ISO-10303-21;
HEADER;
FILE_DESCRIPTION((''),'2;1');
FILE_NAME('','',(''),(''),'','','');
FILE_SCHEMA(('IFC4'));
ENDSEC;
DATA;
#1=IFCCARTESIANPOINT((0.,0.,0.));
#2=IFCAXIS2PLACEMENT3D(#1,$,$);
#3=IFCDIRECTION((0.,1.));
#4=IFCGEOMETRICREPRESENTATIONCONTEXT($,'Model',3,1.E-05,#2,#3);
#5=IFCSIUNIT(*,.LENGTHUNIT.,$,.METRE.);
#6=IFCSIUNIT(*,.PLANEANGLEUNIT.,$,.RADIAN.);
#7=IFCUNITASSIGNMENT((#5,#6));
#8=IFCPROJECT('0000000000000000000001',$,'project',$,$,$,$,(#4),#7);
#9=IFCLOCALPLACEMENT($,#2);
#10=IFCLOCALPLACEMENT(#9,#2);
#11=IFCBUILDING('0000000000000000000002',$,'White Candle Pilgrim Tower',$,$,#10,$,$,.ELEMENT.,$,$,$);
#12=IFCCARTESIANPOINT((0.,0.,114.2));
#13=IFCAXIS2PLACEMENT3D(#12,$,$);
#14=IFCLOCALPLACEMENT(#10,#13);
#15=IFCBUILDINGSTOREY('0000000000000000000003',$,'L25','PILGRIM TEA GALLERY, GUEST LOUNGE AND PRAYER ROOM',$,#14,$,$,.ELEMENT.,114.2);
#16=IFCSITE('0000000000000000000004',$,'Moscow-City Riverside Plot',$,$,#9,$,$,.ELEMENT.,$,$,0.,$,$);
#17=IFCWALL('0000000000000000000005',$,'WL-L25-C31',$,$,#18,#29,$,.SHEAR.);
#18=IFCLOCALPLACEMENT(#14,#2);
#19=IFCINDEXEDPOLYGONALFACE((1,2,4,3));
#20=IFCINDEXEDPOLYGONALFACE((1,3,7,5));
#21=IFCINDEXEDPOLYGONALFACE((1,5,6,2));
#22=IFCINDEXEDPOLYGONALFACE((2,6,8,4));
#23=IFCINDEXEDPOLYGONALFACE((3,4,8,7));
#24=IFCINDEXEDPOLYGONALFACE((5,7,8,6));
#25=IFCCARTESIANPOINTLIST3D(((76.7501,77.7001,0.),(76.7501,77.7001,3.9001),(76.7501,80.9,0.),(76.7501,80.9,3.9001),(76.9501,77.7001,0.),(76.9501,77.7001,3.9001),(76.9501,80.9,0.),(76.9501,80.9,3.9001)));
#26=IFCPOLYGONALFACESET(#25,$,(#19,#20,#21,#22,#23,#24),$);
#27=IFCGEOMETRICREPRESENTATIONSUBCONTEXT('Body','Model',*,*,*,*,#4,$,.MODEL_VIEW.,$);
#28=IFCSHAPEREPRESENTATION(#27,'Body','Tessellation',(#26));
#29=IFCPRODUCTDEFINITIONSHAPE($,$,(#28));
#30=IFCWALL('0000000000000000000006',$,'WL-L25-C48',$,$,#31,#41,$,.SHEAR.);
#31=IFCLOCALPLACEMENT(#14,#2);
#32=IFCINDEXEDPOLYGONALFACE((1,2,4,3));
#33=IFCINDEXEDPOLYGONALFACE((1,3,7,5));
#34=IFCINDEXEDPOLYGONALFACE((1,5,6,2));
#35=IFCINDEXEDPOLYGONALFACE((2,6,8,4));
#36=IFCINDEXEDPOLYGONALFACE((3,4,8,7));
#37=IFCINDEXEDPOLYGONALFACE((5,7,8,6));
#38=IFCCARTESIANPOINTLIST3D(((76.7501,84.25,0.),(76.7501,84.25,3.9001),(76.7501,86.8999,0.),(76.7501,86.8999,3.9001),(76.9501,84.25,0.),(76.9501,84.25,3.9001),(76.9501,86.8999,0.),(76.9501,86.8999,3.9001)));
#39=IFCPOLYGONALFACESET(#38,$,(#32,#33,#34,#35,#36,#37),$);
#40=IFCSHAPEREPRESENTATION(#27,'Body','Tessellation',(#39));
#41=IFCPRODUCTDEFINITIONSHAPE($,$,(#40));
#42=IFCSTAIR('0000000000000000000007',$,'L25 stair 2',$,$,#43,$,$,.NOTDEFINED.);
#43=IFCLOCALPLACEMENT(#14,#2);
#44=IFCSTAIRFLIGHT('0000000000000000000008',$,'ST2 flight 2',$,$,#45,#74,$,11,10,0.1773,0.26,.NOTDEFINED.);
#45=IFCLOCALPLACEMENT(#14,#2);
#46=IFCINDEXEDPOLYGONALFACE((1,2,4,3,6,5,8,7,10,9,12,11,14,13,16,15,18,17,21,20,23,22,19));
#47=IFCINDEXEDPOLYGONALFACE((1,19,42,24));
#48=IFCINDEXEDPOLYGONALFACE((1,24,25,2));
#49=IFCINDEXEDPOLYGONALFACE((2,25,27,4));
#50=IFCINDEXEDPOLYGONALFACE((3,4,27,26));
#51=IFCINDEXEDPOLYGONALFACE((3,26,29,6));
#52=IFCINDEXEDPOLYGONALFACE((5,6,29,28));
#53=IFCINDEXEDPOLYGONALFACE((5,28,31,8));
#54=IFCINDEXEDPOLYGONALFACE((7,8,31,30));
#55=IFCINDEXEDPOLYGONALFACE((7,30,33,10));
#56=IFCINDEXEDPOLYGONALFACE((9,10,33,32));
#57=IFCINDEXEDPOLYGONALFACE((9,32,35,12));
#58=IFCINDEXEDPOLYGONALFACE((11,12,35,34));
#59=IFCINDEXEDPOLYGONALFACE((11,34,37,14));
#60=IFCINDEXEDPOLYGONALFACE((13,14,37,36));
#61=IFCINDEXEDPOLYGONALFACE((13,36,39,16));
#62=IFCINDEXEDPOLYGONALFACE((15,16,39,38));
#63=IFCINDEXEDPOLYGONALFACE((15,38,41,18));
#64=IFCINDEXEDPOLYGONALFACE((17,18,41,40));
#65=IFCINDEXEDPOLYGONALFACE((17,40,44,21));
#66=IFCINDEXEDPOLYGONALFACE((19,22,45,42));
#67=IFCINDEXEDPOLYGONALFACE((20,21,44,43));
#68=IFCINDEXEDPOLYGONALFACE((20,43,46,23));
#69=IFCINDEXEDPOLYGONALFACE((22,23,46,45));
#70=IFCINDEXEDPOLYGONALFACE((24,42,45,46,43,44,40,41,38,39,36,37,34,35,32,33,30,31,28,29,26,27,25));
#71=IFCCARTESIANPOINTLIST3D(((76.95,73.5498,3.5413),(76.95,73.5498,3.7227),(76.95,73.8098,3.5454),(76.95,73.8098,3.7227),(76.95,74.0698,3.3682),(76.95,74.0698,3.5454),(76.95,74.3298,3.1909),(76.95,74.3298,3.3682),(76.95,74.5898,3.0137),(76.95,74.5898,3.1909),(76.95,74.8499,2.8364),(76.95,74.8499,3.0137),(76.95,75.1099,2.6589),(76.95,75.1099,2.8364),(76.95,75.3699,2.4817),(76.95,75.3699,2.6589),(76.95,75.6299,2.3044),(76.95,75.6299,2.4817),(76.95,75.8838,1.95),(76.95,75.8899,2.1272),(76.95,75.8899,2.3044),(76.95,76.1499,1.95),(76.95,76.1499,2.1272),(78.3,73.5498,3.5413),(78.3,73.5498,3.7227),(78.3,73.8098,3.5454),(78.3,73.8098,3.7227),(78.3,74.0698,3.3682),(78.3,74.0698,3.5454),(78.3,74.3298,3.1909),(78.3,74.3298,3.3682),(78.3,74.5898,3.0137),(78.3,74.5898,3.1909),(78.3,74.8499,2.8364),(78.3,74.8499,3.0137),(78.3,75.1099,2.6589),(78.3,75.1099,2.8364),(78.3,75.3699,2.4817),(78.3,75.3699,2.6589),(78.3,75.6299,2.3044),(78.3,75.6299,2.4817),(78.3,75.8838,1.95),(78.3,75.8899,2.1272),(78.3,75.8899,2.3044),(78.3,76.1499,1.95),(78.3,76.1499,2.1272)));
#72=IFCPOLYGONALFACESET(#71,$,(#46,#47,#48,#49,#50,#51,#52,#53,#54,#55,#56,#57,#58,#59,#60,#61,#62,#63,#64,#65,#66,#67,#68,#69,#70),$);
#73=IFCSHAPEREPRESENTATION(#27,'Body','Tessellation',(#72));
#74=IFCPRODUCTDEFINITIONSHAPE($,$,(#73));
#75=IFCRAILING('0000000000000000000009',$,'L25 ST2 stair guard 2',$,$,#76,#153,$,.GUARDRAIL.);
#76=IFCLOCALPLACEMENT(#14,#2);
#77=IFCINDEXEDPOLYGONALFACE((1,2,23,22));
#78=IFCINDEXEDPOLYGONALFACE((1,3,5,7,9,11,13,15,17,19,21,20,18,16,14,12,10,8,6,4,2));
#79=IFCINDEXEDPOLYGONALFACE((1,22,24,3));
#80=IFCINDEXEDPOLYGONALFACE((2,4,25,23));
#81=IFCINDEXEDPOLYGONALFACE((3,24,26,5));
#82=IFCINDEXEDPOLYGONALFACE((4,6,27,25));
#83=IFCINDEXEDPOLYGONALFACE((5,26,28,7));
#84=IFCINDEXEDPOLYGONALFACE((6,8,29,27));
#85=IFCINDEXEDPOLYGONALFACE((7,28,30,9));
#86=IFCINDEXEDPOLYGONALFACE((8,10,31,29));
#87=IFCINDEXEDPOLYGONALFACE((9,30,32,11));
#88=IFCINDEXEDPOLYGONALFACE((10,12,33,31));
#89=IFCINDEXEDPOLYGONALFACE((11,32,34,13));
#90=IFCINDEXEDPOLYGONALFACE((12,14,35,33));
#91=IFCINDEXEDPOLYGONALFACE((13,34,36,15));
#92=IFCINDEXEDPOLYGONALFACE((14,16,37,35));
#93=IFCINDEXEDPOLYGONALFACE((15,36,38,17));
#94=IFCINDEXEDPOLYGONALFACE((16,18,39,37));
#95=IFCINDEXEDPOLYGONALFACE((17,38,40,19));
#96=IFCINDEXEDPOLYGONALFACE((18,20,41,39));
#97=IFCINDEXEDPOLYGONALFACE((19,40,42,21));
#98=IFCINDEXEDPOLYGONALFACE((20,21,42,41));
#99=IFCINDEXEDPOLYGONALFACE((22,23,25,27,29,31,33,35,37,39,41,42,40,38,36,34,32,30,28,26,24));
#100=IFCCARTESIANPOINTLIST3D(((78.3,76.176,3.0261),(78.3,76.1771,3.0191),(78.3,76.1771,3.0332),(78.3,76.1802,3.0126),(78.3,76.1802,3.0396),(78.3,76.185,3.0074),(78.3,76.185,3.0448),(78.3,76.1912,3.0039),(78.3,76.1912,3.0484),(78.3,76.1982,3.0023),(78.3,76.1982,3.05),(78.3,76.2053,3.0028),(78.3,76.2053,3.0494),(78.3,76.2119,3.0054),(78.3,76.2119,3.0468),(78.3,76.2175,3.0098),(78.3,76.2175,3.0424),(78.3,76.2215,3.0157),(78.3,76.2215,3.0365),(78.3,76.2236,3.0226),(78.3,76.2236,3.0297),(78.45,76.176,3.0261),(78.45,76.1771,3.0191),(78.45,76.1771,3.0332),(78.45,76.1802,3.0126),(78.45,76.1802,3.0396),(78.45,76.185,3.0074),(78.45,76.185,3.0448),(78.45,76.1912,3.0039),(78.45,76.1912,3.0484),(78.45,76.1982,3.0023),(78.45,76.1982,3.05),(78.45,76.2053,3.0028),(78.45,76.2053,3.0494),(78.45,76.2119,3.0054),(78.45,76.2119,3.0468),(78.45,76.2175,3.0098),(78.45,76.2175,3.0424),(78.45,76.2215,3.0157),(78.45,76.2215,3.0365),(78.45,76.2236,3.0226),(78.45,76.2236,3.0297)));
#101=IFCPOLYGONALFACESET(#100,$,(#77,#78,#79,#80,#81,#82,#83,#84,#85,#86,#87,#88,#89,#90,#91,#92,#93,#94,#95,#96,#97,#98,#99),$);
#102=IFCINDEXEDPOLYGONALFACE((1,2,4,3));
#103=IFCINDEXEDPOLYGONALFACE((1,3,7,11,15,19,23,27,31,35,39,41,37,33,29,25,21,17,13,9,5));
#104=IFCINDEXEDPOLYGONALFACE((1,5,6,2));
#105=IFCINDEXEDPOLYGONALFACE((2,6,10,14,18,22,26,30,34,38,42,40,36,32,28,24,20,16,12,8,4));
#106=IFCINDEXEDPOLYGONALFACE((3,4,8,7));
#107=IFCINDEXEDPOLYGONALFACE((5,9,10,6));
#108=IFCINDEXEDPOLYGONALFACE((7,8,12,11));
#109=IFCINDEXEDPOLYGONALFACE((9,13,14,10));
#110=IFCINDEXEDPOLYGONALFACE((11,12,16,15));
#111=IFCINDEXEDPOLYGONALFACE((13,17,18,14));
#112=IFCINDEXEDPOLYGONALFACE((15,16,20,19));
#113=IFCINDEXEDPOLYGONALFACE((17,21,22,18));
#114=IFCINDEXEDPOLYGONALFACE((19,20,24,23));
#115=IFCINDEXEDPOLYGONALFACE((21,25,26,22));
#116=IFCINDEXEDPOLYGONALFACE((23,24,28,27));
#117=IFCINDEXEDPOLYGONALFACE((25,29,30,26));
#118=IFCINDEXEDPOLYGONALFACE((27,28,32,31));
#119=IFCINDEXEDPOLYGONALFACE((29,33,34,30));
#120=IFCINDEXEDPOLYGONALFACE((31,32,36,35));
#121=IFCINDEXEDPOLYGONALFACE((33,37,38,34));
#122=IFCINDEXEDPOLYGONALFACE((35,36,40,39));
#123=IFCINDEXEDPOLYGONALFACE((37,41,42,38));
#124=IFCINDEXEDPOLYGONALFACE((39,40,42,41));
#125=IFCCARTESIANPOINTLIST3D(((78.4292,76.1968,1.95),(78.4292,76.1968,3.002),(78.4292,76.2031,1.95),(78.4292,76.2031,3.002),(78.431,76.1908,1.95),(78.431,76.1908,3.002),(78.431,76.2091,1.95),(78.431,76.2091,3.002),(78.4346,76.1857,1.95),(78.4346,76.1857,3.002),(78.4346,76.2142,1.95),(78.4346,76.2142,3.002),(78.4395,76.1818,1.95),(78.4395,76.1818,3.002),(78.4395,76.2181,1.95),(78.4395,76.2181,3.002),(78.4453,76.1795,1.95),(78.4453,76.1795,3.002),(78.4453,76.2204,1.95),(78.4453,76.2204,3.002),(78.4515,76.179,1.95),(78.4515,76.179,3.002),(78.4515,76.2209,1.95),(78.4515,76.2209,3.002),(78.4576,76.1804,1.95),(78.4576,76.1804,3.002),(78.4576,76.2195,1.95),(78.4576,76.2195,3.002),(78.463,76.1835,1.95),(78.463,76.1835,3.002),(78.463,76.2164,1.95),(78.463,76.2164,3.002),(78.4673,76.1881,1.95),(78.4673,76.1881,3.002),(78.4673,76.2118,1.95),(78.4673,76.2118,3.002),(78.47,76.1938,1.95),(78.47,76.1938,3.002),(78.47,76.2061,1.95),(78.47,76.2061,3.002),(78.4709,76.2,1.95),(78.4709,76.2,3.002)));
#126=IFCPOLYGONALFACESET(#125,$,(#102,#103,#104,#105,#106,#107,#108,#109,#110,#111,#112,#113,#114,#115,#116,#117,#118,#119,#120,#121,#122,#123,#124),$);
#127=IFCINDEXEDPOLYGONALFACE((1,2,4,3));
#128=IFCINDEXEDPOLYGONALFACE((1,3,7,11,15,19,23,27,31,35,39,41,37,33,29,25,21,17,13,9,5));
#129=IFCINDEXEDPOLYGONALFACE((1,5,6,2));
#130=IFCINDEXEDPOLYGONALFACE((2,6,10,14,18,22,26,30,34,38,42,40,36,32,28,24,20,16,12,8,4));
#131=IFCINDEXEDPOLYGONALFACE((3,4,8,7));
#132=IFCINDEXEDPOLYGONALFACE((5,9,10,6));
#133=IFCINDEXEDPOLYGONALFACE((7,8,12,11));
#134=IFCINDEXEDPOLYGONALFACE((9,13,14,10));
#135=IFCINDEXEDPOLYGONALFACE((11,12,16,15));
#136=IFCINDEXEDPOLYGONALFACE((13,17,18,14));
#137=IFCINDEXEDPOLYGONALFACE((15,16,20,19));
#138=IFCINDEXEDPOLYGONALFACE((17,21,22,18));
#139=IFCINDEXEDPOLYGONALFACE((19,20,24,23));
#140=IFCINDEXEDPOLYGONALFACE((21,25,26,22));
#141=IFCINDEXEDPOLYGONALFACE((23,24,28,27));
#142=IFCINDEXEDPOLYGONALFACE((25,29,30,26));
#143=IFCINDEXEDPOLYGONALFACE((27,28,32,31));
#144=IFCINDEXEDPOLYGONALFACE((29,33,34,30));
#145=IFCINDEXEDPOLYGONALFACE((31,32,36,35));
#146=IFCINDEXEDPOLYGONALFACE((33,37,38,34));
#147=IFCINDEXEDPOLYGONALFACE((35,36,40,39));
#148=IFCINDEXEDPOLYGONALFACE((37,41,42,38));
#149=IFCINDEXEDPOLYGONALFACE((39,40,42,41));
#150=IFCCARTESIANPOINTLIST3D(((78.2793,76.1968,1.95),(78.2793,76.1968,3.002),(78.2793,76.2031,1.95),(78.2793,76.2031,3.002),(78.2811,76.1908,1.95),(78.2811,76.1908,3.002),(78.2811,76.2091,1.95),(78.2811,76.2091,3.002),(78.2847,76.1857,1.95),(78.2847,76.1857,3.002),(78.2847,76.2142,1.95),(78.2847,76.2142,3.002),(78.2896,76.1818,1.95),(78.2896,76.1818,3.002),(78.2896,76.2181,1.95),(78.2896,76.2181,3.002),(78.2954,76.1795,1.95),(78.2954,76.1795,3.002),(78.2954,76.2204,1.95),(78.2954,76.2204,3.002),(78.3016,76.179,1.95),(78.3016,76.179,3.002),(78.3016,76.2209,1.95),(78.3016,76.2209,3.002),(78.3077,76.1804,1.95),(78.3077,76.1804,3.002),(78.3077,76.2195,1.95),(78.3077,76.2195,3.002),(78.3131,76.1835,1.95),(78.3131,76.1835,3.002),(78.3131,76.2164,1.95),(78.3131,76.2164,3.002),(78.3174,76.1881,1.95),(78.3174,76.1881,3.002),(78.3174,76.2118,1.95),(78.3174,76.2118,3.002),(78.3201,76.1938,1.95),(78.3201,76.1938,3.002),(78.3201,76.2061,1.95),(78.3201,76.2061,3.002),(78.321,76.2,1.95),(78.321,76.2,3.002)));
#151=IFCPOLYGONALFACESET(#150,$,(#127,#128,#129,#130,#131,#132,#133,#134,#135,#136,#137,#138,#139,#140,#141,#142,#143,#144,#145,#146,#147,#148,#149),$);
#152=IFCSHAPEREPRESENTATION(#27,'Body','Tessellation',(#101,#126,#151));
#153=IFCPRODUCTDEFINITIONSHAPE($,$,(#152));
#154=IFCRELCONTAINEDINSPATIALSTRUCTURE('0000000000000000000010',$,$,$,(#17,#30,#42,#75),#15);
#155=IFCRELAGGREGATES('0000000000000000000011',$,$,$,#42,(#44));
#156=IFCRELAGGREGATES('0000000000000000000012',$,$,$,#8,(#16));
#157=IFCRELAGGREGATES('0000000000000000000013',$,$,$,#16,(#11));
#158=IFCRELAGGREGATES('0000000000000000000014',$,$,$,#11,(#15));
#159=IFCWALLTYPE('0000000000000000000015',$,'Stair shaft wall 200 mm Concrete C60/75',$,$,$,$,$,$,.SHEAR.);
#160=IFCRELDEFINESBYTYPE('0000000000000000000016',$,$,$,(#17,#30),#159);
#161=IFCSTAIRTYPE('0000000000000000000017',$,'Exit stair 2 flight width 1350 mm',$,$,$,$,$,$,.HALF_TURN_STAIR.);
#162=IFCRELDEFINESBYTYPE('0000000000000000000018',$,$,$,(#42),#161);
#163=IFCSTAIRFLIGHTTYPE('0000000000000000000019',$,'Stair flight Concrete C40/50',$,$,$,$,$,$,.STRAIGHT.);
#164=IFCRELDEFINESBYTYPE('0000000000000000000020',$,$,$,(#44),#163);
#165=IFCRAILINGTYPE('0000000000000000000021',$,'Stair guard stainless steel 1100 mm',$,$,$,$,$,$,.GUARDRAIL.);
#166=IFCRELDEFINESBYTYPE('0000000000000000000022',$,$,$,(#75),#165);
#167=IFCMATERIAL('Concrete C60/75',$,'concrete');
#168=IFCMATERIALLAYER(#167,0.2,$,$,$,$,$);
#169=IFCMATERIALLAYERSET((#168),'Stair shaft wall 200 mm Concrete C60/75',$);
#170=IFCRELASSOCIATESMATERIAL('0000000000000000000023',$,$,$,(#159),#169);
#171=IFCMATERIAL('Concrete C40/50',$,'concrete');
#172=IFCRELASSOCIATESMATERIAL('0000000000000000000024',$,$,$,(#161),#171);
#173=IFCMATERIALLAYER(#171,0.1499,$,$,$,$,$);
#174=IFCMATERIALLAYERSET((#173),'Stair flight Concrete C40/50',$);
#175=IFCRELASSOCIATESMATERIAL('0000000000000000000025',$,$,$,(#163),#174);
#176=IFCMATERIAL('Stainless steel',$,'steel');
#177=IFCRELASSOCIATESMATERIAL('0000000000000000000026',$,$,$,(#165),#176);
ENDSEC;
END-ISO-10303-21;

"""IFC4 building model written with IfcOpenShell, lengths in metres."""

from ifc_helpers import new_model, si_unit, direction, frame, frame_2d, origin, origin_2d, place, context, subcontext, project, spatial, polyline, rectangle, circle, outline, extrude, material, layer, layer_set, type_object, element, aggregate, save


model = new_model("IFC4")

# Units and contexts
model_context = context("Model", 3, precision=1e-05, world=origin(), true_north=direction((0.0, 1.0)))
body_context = subcontext(model_context, "Body", "Model", "MODEL_VIEW")
ifc_project = project(units=[si_unit("LENGTHUNIT", "METRE"), si_unit("PLANEANGLEUNIT", "RADIAN")], contexts=[model_context])

# Site, building, storey
site_placement = place(None, origin())
site = spatial("IfcSite", under=ifc_project, at=site_placement, Name="Moscow-City Riverside Plot", CompositionType="ELEMENT", RefElevation=0.0)
building_placement = place(site_placement, origin())
building = spatial("IfcBuilding", under=site, at=building_placement, Name="White Candle Pilgrim Tower", CompositionType="ELEMENT")
storey_placement = place(building_placement, frame((0.0, 0.0, 114.2)))
storey = spatial("IfcBuildingStorey", under=building, at=storey_placement, Name="L25", Description="PILGRIM TEA GALLERY, GUEST LOUNGE AND PRAYER ROOM", CompositionType="ELEMENT", Elevation=114.2)

# Shared definitions
ifc_material_1 = material(Name="Concrete C60/75", Category="concrete")

# Walls
ifc_layer_1 = layer(ifc_material_1, 0.2)
ifc_layer_set_1 = layer_set([ifc_layer_1], Name="Stair shaft wall 200 mm Concrete C60/75")
wall_type_1 = type_object("IfcWallType", Name="Stair shaft wall 200 mm Concrete C60/75", PredefinedType="SHEAR", material=ifc_layer_set_1)
wall_1_placement = place(storey_placement, frame((76.8501, 77.7, 0.0), z_axis=(0.0, 0.0, 1.0), x_axis=(0.0, 1.0, 0.0)))
element("IfcWall", 1, at=wall_1_placement, inside=storey, type_object=wall_type_1, Name="WL-L25-C31", PredefinedType="SHEAR", context=body_context, shape_type="SweptSolid", body=[
    extrude(rectangle(XDim=3.2, YDim=0.2, at=frame_2d((1.6001, 0.0))), origin(), (0.0, 0.0, 1.0), 3.9001),
])
wall_2_placement = place(storey_placement, frame((76.8501, 84.25, 0.0), z_axis=(0.0, 0.0, 1.0), x_axis=(0.0, 1.0, 0.0)))
element("IfcWall", 2, at=wall_2_placement, inside=storey, type_object=wall_type_1, Name="WL-L25-C48", PredefinedType="SHEAR", context=body_context, shape_type="SweptSolid", body=[
    extrude(rectangle(XDim=2.6499, YDim=0.2, at=frame_2d((1.325, 0.0))), origin(), (0.0, 0.0, 1.0), 3.9001),
])

# Stair, stair flight
ifc_material_2 = material(Name="Concrete C40/50", Category="concrete")
stair_type = type_object("IfcStairType", Name="Exit stair 2 flight width 1350 mm", PredefinedType="HALF_TURN_STAIR", material=ifc_material_2)
stair_placement = place(storey_placement, origin())
stair = element("IfcStair", 3, at=stair_placement, inside=storey, type_object=stair_type, Name="L25 stair 2", PredefinedType="NOTDEFINED")
ifc_layer_2 = layer(ifc_material_2, 0.1499)
ifc_layer_set_2 = layer_set([ifc_layer_2], Name="Stair flight Concrete C40/50")
stair_flight_type = type_object("IfcStairFlightType", Name="Stair flight Concrete C40/50", PredefinedType="STRAIGHT", material=ifc_layer_set_2)
stair_flight_placement = place(storey_placement, frame((77.625, 76.1499, 1.95), z_axis=(0.0, 0.0, 1.0), x_axis=(0.0, -1.0, 0.0)))
stair_flight = element("IfcStairFlight", 4, at=stair_flight_placement, type_object=stair_flight_type, Name="ST2 flight 2", NumberOfRisers=11, NumberOfTreads=10, PredefinedType="NOTDEFINED", RiserHeight=0.1773, TreadLength=0.26, context=body_context, shape_type="SweptSolid", body=[
    extrude(outline(polyline([(0.0, 0.0), (0.0, 0.1772), (0.26, 0.1772), (0.26, 0.3545), (0.52, 0.3545), (0.52, 0.5317), (0.78, 0.5317), (0.78, 0.709), (1.04, 0.709), (1.04, 0.8865), (1.3, 0.8865), (1.3, 1.0637), (1.5601, 1.0637), (1.5601, 1.241), (1.8201, 1.241), (1.8201, 1.4182), (2.0801, 1.4182), (2.0801, 1.5955), (2.3401, 1.5955), (2.3401, 1.7727), (2.6001, 1.7727), (2.6001, 1.95), (2.6001, 1.5913), (0.2661, 0.0), (0.0, 0.0)])), frame((0.0, 0.675, 0.0), z_axis=(0.0, -1.0, 0.0), x_axis=(1.0, 0.0, 0.0)), (0.0, 0.0, 1.0), 1.3501),
])
aggregate(stair, [stair_flight])

# Railing
ifc_material_3 = material(Name="Stainless steel", Category="steel")
railing_type_1 = type_object("IfcRailingType", Name="Stair guard stainless steel 1100 mm", PredefinedType="GUARDRAIL", material=ifc_material_3)
railing_1_placement = place(storey_placement, frame((78.45, 76.2, 1.95)))
element("IfcRailing", 5, at=railing_1_placement, inside=storey, type_object=railing_type_1, Name="L25 ST2 stair guard 2", PredefinedType="GUARDRAIL", context=body_context, shape_type="SweptSolid", body=[
    extrude(circle(Radius=0.0239, at=origin_2d()), frame((0.0, 0.0, 1.0762), z_axis=(-1.0, 0.0, 0.0), x_axis=(0.0, -1.0, 0.0)), (0.0, 0.0, 1.0), 0.1499),
    extrude(circle(Radius=0.021, at=origin_2d()), origin(), (0.0, 0.0, 1.0), 1.052),
    extrude(circle(Radius=0.021, at=origin_2d()), frame((-0.1499, 0.0, 0.0)), (0.0, 0.0, 1.0), 1.052),
])

save(model, "model.ifc")
